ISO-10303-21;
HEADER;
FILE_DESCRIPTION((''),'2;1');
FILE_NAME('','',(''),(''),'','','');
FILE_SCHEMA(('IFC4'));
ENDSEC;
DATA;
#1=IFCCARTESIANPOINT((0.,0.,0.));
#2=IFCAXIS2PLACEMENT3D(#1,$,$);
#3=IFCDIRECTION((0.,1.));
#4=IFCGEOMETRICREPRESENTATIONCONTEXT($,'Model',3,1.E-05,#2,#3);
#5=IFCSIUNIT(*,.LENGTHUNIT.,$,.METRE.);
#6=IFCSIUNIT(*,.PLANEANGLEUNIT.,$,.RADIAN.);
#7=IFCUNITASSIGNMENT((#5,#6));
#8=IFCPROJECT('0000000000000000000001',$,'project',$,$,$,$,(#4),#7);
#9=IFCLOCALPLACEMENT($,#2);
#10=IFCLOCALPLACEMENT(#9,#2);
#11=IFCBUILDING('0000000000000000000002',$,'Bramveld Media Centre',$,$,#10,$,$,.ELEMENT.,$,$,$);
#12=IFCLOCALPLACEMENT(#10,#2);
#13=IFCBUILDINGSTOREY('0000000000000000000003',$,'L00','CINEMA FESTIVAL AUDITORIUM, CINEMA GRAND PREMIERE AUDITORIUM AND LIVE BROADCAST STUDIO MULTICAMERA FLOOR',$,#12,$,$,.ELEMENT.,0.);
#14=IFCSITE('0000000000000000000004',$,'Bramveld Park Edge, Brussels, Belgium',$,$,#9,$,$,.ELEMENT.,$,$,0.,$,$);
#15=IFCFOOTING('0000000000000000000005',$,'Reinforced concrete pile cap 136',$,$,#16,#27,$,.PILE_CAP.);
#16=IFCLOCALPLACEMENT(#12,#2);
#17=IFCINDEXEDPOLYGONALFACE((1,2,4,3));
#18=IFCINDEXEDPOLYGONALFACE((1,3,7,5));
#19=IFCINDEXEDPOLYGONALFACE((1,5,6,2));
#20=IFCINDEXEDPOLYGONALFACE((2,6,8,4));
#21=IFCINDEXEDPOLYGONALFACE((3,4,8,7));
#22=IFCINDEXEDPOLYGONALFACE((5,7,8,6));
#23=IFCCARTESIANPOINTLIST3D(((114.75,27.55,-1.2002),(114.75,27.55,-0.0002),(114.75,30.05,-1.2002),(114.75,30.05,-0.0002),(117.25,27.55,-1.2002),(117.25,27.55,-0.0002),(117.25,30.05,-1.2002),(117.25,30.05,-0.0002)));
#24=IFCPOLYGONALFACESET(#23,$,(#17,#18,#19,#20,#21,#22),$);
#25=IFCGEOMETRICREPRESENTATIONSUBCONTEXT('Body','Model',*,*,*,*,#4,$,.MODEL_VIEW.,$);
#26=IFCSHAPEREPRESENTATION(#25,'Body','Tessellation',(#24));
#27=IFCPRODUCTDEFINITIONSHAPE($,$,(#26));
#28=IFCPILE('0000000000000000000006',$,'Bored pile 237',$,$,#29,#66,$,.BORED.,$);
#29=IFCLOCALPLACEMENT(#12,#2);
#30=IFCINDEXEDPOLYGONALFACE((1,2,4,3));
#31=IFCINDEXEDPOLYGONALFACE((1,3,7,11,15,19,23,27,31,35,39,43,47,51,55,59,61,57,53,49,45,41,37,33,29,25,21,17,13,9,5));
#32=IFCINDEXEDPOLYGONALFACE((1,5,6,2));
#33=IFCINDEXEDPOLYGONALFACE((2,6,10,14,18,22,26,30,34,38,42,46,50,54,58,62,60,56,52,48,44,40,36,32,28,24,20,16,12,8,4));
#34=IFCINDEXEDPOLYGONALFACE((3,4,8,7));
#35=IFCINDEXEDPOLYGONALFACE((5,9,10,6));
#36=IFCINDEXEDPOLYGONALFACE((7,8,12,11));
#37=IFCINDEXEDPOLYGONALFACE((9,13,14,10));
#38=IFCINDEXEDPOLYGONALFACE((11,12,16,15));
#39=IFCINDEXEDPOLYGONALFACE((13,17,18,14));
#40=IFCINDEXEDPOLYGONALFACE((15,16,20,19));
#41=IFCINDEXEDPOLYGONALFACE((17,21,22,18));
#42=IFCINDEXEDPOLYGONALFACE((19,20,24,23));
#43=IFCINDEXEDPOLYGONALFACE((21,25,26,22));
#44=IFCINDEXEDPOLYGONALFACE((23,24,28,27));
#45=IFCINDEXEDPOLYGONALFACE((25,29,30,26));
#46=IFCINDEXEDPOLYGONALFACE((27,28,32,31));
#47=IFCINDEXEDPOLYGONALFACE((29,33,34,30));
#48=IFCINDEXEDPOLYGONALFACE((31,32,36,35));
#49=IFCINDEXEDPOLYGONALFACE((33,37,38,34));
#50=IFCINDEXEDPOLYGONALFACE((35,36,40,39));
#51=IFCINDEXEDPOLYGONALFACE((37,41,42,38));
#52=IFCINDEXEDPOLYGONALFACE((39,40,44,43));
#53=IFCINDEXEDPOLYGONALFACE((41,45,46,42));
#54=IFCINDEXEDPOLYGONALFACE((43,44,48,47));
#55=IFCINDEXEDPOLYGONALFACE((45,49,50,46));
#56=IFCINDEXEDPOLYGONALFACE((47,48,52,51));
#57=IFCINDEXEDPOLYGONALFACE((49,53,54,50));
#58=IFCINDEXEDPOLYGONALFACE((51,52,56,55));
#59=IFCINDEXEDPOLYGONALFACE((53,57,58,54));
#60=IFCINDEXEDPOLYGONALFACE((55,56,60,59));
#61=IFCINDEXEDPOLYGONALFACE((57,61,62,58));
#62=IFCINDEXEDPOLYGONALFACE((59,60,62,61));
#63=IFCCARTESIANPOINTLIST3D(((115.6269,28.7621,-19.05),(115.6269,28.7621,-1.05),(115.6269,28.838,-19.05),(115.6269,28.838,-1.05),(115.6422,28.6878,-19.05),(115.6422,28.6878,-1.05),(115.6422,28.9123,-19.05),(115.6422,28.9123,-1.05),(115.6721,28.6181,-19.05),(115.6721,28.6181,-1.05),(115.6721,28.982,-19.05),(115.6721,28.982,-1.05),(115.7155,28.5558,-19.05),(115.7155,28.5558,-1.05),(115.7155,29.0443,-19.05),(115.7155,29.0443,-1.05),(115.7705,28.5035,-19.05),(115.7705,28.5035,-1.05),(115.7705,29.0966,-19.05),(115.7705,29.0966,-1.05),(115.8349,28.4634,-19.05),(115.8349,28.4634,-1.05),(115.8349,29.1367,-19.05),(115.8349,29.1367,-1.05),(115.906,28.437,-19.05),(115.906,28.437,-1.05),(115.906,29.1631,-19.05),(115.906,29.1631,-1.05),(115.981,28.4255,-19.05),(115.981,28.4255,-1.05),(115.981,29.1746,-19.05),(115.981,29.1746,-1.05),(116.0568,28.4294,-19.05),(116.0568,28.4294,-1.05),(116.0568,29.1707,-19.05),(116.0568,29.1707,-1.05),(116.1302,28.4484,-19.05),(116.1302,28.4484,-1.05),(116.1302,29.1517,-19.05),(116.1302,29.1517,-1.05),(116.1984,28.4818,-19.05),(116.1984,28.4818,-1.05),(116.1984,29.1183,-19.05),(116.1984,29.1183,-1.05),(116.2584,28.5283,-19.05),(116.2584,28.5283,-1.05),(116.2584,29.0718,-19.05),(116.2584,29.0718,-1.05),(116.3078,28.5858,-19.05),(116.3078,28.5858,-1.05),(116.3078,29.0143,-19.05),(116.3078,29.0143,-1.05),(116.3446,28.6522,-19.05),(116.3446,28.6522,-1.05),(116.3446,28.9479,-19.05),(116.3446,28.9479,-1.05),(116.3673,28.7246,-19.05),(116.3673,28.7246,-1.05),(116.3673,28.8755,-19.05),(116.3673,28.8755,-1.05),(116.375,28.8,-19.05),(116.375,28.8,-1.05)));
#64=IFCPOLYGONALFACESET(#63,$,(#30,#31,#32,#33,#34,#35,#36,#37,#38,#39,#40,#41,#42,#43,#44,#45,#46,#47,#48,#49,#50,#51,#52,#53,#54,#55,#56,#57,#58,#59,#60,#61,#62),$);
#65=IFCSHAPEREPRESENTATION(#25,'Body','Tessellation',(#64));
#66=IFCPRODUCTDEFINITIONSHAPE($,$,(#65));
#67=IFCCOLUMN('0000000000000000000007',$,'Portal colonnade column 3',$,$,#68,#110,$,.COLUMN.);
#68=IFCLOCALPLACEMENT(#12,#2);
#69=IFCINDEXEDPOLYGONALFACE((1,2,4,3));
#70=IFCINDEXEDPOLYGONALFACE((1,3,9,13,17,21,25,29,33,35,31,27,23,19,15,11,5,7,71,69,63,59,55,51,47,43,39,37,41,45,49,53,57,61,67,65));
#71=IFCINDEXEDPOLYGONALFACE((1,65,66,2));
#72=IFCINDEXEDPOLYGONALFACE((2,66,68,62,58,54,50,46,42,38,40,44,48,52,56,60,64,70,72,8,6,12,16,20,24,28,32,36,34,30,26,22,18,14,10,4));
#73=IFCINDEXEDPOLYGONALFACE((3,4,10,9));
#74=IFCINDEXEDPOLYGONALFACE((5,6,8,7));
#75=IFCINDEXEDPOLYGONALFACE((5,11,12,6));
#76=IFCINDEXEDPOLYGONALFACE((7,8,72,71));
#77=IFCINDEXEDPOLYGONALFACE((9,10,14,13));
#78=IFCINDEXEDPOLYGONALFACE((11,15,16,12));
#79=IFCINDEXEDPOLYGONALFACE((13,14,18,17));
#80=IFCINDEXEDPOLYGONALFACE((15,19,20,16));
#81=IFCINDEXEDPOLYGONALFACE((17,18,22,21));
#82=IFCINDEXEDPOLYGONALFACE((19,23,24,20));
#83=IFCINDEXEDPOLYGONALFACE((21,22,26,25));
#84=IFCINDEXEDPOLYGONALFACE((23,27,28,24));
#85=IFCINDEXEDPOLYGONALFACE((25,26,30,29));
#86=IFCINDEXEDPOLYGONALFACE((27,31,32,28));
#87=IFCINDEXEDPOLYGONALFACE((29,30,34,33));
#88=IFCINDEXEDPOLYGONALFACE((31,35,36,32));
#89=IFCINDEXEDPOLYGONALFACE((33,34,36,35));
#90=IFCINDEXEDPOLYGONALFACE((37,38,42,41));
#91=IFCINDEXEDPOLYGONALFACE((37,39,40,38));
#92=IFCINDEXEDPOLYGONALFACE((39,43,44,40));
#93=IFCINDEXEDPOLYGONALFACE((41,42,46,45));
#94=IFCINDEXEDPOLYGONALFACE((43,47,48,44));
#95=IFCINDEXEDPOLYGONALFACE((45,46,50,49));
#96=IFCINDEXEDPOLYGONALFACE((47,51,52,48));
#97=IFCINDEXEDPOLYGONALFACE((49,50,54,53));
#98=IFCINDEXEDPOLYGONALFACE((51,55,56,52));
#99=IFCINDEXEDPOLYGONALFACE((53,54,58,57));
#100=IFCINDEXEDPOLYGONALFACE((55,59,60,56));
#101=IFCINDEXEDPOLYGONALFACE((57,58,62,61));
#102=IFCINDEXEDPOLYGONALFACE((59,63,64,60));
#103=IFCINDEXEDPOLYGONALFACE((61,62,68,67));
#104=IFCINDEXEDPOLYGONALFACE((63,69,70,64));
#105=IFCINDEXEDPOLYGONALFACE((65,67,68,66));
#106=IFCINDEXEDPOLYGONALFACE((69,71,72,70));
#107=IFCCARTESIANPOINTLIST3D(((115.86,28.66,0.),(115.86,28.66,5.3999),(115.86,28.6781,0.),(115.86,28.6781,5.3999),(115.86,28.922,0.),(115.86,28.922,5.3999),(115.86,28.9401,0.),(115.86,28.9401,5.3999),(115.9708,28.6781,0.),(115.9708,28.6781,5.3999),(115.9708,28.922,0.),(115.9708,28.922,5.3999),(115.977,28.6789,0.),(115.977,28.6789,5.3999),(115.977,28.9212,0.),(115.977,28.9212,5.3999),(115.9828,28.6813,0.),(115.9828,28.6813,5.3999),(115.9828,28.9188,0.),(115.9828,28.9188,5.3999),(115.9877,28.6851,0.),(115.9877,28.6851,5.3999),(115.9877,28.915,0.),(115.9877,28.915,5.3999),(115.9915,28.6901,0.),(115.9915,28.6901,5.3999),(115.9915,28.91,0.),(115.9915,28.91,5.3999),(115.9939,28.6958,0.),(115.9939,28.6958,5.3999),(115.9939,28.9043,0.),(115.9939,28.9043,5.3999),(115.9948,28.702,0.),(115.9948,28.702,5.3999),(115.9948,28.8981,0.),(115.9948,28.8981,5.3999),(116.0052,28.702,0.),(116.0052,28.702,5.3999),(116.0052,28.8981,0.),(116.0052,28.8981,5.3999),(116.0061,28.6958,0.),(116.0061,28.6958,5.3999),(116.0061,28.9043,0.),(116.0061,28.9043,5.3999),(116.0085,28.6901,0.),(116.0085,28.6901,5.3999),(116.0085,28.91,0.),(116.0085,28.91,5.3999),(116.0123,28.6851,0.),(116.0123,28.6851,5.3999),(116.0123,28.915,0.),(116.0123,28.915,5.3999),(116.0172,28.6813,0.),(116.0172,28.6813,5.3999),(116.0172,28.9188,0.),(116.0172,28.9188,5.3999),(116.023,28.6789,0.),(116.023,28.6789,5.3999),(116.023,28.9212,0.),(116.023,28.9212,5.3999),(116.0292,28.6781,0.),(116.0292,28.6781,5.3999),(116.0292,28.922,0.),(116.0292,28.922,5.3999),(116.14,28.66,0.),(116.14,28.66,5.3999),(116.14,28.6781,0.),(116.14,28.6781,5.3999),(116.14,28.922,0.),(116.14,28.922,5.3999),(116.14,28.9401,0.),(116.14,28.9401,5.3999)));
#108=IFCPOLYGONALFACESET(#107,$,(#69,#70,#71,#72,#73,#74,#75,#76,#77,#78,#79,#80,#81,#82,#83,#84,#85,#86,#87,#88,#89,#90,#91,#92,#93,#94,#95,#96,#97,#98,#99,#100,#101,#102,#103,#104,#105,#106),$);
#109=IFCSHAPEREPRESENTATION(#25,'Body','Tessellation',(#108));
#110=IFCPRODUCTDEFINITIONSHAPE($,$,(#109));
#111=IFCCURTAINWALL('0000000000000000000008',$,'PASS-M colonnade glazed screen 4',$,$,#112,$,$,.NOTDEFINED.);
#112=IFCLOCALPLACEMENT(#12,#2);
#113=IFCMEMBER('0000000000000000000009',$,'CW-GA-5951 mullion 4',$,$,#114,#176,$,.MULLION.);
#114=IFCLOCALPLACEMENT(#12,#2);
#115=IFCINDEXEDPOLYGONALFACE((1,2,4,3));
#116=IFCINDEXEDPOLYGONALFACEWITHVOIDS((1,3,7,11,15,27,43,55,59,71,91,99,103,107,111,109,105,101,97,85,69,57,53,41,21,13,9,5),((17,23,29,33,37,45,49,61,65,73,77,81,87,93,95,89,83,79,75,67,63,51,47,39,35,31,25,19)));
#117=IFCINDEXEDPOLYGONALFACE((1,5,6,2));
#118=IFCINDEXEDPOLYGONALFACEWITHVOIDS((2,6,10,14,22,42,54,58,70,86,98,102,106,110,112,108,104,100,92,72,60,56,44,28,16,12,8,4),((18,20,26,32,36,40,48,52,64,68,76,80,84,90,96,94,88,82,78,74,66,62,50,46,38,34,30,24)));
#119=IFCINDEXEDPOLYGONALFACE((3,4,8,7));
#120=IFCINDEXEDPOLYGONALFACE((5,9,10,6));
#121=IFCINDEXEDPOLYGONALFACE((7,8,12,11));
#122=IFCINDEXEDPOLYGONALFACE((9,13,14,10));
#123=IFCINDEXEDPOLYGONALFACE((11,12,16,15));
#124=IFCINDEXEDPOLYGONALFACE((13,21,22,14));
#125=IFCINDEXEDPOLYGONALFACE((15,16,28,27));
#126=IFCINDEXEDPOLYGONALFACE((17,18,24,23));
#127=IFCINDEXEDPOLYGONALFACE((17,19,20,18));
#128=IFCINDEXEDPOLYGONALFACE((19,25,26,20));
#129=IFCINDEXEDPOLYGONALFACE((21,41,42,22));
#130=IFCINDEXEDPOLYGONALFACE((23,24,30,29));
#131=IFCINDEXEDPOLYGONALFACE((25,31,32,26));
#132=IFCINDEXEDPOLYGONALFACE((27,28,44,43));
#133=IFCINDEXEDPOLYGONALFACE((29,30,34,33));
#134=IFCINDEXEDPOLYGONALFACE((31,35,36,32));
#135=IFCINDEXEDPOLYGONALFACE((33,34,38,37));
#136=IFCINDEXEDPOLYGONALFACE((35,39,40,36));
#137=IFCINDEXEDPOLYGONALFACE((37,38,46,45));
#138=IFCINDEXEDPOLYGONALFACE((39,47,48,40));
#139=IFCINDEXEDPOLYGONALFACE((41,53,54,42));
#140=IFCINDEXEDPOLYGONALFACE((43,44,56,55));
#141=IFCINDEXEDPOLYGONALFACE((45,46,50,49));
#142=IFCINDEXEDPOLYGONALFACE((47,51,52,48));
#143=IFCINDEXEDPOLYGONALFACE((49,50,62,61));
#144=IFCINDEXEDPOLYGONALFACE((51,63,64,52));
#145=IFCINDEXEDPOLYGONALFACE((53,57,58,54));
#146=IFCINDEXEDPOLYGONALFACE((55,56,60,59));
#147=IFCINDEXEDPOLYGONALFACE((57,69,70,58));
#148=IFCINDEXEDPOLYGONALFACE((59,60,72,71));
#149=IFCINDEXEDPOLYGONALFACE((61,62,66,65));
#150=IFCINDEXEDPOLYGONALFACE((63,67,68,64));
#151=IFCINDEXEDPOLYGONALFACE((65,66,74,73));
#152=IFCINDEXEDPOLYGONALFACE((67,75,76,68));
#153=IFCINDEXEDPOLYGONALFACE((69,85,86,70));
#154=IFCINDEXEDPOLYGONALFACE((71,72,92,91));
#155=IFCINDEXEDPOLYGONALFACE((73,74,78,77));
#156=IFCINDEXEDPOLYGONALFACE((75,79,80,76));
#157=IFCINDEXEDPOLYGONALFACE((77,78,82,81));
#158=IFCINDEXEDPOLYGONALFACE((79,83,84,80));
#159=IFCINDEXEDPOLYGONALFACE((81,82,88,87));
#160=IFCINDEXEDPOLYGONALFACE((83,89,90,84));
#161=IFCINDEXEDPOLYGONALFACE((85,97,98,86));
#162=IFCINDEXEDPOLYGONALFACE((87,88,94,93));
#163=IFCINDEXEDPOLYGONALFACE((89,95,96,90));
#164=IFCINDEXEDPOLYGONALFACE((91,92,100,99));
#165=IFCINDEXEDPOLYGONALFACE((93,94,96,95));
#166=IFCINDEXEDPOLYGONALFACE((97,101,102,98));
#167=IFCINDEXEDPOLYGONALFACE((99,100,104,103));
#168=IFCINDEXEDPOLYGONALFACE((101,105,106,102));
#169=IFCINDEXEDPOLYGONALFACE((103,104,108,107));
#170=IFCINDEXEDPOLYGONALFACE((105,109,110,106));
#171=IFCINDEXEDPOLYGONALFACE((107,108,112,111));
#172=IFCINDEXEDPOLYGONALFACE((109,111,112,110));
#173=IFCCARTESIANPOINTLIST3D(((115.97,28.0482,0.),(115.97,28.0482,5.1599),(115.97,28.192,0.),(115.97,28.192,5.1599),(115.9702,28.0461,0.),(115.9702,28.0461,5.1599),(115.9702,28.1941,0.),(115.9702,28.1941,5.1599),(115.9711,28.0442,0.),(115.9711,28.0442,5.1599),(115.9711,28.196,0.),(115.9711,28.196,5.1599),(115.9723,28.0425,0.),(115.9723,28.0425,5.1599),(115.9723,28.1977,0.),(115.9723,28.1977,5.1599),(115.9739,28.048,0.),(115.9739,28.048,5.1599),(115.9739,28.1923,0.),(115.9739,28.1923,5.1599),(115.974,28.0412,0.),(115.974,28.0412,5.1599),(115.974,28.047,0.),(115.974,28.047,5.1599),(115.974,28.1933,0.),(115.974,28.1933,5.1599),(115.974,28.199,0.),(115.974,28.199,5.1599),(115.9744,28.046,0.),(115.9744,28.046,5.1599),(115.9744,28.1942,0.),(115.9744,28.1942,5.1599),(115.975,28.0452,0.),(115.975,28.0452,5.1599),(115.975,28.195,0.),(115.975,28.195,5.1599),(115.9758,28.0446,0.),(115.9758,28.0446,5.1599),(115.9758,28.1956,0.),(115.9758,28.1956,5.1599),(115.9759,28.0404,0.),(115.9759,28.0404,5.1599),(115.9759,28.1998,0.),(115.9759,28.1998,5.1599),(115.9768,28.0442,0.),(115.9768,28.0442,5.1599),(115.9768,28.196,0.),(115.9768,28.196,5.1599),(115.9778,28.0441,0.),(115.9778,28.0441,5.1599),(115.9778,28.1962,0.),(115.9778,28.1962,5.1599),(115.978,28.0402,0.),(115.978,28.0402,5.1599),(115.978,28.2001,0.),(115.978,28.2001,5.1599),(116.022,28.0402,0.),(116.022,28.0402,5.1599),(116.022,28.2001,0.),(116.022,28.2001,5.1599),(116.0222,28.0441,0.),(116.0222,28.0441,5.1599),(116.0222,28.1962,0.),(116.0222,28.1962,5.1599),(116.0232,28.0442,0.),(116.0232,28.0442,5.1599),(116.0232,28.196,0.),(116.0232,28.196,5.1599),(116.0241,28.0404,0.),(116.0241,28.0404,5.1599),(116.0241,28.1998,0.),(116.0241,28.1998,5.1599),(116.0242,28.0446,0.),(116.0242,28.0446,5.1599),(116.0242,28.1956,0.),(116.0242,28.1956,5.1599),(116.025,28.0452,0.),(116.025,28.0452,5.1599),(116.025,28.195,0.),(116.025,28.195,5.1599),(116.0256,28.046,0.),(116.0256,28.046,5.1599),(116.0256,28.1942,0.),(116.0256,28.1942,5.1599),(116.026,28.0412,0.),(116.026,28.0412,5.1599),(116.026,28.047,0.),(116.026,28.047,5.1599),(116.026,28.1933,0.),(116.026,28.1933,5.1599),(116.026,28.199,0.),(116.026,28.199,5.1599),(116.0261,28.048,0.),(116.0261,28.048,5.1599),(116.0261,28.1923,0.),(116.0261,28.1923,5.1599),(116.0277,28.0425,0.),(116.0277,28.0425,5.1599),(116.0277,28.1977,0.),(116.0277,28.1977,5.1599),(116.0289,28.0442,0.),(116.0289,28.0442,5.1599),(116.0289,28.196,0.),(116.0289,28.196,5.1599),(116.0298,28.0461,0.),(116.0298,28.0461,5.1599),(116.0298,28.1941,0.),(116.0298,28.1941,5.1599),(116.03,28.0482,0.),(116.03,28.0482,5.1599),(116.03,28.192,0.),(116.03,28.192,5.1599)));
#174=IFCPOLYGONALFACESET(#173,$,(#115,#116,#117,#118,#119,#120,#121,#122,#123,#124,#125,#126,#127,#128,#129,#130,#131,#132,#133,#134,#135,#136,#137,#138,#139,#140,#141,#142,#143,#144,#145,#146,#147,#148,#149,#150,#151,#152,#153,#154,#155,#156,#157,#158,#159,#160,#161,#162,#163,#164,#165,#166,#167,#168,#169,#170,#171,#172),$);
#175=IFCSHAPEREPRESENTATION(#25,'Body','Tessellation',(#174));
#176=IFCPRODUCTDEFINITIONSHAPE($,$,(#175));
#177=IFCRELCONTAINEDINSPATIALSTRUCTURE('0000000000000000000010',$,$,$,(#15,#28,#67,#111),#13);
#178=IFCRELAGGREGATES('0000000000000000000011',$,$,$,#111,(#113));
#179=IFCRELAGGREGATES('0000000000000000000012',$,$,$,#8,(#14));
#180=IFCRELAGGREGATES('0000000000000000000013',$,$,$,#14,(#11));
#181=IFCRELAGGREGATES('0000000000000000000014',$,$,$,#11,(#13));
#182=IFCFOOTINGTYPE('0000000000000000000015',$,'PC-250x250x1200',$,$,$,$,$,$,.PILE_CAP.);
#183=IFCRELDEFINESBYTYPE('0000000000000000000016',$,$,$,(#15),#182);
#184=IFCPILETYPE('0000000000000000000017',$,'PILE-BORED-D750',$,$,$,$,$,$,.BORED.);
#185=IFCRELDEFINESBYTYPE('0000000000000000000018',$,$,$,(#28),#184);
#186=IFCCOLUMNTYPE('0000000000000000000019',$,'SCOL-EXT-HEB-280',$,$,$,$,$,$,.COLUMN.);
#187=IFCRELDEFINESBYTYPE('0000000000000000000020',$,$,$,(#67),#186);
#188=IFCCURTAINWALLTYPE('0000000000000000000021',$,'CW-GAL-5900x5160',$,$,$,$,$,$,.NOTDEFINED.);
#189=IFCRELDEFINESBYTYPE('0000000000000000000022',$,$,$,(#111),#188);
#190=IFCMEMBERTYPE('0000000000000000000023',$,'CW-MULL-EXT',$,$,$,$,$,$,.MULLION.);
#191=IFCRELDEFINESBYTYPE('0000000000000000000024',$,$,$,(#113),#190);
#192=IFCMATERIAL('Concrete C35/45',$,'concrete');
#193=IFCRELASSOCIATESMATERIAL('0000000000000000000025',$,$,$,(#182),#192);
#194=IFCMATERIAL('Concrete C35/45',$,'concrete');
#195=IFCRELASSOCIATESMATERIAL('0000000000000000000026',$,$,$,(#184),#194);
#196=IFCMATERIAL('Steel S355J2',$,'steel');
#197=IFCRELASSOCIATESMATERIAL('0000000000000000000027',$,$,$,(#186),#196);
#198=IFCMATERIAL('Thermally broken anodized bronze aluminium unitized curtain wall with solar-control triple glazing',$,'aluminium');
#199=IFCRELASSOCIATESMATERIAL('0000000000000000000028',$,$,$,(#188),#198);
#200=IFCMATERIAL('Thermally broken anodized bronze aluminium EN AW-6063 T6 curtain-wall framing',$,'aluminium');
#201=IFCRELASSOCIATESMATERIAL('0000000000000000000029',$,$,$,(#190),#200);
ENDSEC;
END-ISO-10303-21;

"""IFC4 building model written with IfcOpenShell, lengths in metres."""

from ifc_helpers import new_model, si_unit, direction, frame, origin, origin_2d, place, context, subcontext, project, spatial, rectangle, hollow_rectangle, circle, i_section, extrude, material, material_profile, profile_set, type_object, element, aggregate, save


model = new_model("IFC4")

# Units and contexts
model_context = context("Model", 3, precision=1e-05, world=origin(), true_north=direction((0.0, 1.0)))
body_context = subcontext(model_context, "Body", "Model", "MODEL_VIEW")
ifc_project = project(units=[si_unit("LENGTHUNIT", "METRE"), si_unit("PLANEANGLEUNIT", "RADIAN")], contexts=[model_context])

# Site, building, storey
site_placement = place(None, origin())
site = spatial("IfcSite", under=ifc_project, at=site_placement, Name="Bramveld Park Edge, Brussels, Belgium", CompositionType="ELEMENT", RefElevation=0.0)
building_placement = place(site_placement, origin())
building = spatial("IfcBuilding", under=site, at=building_placement, Name="Bramveld Media Centre", CompositionType="ELEMENT")
storey_placement = place(building_placement, origin())
storey = spatial("IfcBuildingStorey", under=building, at=storey_placement, Name="L00", Description="CINEMA FESTIVAL AUDITORIUM, CINEMA GRAND PREMIERE AUDITORIUM AND LIVE BROADCAST STUDIO MULTICAMERA FLOOR", CompositionType="ELEMENT", Elevation=0.0)

# Footing
ifc_material_1 = material(Name="Concrete C35/45", Category="concrete")
footing_type = type_object("IfcFootingType", Name="PC-250x250x1200", PredefinedType="PILE_CAP", material=ifc_material_1)
footing_placement = place(storey_placement, frame((116.0, 28.8, -1.2002), z_axis=(0.0, 0.0, 1.0), x_axis=(1.0, 0.0, 0.0)))
element("IfcFooting", 1, at=footing_placement, inside=storey, type_object=footing_type, Name="Reinforced concrete pile cap 136", PredefinedType="PILE_CAP", context=body_context, shape_type="SweptSolid", body=[
    extrude(rectangle(XDim=2.5, YDim=2.5, at=origin_2d()), origin(), (0.0, 0.0, 1.0), 1.2),
])

# Pile
ifc_material_2 = material(Name="Concrete C35/45", Category="concrete")
ifc_material_profile_1 = material_profile(ifc_material_2, circle(Radius=0.375, at=origin_2d()), Name="BORED D750")
ifc_profile_set_1 = profile_set([ifc_material_profile_1], Name="Concrete C35/45")
pile_type = type_object("IfcPileType", Name="PILE-BORED-D750", PredefinedType="BORED", material=ifc_profile_set_1)
pile_placement = place(storey_placement, frame((116.0, 28.8, -1.05), z_axis=(0.0, 0.0, -1.0), x_axis=(1.0, 0.0, 0.0)))
element("IfcPile", 2, at=pile_placement, inside=storey, type_object=pile_type, Name="Bored pile 237", PredefinedType="BORED", context=body_context, shape_type="SweptSolid", body=[
    extrude(circle(Radius=0.375, at=origin_2d()), origin(), (0.0, 0.0, 1.0), 18.0),
])

# Column
ifc_material_3 = material(Name="Steel S355J2", Category="steel")
ifc_material_profile_2 = material_profile(ifc_material_3, i_section(OverallWidth=0.28, OverallDepth=0.28, WebThickness=0.0105, FlangeThickness=0.0181, FilletRadius=0.0239, at=origin_2d()), Name="HEB 280")
ifc_profile_set_2 = profile_set([ifc_material_profile_2], Name="Steel S355J2")
column_type = type_object("IfcColumnType", Name="SCOL-EXT-HEB-280", PredefinedType="COLUMN", material=ifc_profile_set_2)
column_placement = place(storey_placement, frame((116.0, 28.8, 0.0), z_axis=(0.0, 0.0, 1.0), x_axis=(1.0, 0.0, 0.0)))
element("IfcColumn", 3, at=column_placement, inside=storey, type_object=column_type, Name="Portal colonnade column 3", PredefinedType="COLUMN", context=body_context, shape_type="SweptSolid", body=[
    extrude(i_section(OverallWidth=0.28, OverallDepth=0.28, WebThickness=0.0105, FlangeThickness=0.0181, FilletRadius=0.0239, at=origin_2d()), origin(), (0.0, 0.0, 1.0), 5.3999),
])

# Curtain wall, member
ifc_material_4 = material(Name="Thermally broken anodized bronze aluminium unitized curtain wall with solar-control triple glazing", Category="aluminium")
curtain_wall_type_1 = type_object("IfcCurtainWallType", Name="CW-GAL-5900x5160", PredefinedType="NOTDEFINED", material=ifc_material_4)
curtain_wall_1_placement = place(storey_placement, origin())
curtain_wall_1 = element("IfcCurtainWall", 4, at=curtain_wall_1_placement, inside=storey, type_object=curtain_wall_type_1, Name="PASS-M colonnade glazed screen 4", PredefinedType="NOTDEFINED")
ifc_material_5 = material(Name="Thermally broken anodized bronze aluminium EN AW-6063 T6 curtain-wall framing", Category="aluminium")
ifc_material_profile_3 = material_profile(ifc_material_5, hollow_rectangle(XDim=0.0601, YDim=0.1599, WallThickness=0.0039, InnerFilletRadius=0.0039, OuterFilletRadius=0.0081, at=origin_2d()), Name="AL-MULL 60x160")
ifc_profile_set_3 = profile_set([ifc_material_profile_3], Name="Thermally broken anodized bronze aluminium EN AW-6063 T6 curtain-wall framing")
member_type_1 = type_object("IfcMemberType", Name="CW-MULL-EXT", PredefinedType="MULLION", material=ifc_profile_set_3)
member_1_placement = place(storey_placement, frame((116.0, 28.1201, 0.0), z_axis=(0.0, 0.0, 1.0), x_axis=(-1.0, 0.0, 0.0)))
member_1 = element("IfcMember", 5, at=member_1_placement, type_object=member_type_1, Name="CW-GA-5951 mullion 4", PredefinedType="MULLION", context=body_context, shape_type="SweptSolid", body=[
    extrude(hollow_rectangle(XDim=0.0601, YDim=0.1599, WallThickness=0.0039, InnerFilletRadius=0.0039, OuterFilletRadius=0.0081, at=origin_2d()), origin(), (0.0, 0.0, 1.0), 5.1599),
])
aggregate(curtain_wall_1, [member_1])

save(model, "model.ifc")
